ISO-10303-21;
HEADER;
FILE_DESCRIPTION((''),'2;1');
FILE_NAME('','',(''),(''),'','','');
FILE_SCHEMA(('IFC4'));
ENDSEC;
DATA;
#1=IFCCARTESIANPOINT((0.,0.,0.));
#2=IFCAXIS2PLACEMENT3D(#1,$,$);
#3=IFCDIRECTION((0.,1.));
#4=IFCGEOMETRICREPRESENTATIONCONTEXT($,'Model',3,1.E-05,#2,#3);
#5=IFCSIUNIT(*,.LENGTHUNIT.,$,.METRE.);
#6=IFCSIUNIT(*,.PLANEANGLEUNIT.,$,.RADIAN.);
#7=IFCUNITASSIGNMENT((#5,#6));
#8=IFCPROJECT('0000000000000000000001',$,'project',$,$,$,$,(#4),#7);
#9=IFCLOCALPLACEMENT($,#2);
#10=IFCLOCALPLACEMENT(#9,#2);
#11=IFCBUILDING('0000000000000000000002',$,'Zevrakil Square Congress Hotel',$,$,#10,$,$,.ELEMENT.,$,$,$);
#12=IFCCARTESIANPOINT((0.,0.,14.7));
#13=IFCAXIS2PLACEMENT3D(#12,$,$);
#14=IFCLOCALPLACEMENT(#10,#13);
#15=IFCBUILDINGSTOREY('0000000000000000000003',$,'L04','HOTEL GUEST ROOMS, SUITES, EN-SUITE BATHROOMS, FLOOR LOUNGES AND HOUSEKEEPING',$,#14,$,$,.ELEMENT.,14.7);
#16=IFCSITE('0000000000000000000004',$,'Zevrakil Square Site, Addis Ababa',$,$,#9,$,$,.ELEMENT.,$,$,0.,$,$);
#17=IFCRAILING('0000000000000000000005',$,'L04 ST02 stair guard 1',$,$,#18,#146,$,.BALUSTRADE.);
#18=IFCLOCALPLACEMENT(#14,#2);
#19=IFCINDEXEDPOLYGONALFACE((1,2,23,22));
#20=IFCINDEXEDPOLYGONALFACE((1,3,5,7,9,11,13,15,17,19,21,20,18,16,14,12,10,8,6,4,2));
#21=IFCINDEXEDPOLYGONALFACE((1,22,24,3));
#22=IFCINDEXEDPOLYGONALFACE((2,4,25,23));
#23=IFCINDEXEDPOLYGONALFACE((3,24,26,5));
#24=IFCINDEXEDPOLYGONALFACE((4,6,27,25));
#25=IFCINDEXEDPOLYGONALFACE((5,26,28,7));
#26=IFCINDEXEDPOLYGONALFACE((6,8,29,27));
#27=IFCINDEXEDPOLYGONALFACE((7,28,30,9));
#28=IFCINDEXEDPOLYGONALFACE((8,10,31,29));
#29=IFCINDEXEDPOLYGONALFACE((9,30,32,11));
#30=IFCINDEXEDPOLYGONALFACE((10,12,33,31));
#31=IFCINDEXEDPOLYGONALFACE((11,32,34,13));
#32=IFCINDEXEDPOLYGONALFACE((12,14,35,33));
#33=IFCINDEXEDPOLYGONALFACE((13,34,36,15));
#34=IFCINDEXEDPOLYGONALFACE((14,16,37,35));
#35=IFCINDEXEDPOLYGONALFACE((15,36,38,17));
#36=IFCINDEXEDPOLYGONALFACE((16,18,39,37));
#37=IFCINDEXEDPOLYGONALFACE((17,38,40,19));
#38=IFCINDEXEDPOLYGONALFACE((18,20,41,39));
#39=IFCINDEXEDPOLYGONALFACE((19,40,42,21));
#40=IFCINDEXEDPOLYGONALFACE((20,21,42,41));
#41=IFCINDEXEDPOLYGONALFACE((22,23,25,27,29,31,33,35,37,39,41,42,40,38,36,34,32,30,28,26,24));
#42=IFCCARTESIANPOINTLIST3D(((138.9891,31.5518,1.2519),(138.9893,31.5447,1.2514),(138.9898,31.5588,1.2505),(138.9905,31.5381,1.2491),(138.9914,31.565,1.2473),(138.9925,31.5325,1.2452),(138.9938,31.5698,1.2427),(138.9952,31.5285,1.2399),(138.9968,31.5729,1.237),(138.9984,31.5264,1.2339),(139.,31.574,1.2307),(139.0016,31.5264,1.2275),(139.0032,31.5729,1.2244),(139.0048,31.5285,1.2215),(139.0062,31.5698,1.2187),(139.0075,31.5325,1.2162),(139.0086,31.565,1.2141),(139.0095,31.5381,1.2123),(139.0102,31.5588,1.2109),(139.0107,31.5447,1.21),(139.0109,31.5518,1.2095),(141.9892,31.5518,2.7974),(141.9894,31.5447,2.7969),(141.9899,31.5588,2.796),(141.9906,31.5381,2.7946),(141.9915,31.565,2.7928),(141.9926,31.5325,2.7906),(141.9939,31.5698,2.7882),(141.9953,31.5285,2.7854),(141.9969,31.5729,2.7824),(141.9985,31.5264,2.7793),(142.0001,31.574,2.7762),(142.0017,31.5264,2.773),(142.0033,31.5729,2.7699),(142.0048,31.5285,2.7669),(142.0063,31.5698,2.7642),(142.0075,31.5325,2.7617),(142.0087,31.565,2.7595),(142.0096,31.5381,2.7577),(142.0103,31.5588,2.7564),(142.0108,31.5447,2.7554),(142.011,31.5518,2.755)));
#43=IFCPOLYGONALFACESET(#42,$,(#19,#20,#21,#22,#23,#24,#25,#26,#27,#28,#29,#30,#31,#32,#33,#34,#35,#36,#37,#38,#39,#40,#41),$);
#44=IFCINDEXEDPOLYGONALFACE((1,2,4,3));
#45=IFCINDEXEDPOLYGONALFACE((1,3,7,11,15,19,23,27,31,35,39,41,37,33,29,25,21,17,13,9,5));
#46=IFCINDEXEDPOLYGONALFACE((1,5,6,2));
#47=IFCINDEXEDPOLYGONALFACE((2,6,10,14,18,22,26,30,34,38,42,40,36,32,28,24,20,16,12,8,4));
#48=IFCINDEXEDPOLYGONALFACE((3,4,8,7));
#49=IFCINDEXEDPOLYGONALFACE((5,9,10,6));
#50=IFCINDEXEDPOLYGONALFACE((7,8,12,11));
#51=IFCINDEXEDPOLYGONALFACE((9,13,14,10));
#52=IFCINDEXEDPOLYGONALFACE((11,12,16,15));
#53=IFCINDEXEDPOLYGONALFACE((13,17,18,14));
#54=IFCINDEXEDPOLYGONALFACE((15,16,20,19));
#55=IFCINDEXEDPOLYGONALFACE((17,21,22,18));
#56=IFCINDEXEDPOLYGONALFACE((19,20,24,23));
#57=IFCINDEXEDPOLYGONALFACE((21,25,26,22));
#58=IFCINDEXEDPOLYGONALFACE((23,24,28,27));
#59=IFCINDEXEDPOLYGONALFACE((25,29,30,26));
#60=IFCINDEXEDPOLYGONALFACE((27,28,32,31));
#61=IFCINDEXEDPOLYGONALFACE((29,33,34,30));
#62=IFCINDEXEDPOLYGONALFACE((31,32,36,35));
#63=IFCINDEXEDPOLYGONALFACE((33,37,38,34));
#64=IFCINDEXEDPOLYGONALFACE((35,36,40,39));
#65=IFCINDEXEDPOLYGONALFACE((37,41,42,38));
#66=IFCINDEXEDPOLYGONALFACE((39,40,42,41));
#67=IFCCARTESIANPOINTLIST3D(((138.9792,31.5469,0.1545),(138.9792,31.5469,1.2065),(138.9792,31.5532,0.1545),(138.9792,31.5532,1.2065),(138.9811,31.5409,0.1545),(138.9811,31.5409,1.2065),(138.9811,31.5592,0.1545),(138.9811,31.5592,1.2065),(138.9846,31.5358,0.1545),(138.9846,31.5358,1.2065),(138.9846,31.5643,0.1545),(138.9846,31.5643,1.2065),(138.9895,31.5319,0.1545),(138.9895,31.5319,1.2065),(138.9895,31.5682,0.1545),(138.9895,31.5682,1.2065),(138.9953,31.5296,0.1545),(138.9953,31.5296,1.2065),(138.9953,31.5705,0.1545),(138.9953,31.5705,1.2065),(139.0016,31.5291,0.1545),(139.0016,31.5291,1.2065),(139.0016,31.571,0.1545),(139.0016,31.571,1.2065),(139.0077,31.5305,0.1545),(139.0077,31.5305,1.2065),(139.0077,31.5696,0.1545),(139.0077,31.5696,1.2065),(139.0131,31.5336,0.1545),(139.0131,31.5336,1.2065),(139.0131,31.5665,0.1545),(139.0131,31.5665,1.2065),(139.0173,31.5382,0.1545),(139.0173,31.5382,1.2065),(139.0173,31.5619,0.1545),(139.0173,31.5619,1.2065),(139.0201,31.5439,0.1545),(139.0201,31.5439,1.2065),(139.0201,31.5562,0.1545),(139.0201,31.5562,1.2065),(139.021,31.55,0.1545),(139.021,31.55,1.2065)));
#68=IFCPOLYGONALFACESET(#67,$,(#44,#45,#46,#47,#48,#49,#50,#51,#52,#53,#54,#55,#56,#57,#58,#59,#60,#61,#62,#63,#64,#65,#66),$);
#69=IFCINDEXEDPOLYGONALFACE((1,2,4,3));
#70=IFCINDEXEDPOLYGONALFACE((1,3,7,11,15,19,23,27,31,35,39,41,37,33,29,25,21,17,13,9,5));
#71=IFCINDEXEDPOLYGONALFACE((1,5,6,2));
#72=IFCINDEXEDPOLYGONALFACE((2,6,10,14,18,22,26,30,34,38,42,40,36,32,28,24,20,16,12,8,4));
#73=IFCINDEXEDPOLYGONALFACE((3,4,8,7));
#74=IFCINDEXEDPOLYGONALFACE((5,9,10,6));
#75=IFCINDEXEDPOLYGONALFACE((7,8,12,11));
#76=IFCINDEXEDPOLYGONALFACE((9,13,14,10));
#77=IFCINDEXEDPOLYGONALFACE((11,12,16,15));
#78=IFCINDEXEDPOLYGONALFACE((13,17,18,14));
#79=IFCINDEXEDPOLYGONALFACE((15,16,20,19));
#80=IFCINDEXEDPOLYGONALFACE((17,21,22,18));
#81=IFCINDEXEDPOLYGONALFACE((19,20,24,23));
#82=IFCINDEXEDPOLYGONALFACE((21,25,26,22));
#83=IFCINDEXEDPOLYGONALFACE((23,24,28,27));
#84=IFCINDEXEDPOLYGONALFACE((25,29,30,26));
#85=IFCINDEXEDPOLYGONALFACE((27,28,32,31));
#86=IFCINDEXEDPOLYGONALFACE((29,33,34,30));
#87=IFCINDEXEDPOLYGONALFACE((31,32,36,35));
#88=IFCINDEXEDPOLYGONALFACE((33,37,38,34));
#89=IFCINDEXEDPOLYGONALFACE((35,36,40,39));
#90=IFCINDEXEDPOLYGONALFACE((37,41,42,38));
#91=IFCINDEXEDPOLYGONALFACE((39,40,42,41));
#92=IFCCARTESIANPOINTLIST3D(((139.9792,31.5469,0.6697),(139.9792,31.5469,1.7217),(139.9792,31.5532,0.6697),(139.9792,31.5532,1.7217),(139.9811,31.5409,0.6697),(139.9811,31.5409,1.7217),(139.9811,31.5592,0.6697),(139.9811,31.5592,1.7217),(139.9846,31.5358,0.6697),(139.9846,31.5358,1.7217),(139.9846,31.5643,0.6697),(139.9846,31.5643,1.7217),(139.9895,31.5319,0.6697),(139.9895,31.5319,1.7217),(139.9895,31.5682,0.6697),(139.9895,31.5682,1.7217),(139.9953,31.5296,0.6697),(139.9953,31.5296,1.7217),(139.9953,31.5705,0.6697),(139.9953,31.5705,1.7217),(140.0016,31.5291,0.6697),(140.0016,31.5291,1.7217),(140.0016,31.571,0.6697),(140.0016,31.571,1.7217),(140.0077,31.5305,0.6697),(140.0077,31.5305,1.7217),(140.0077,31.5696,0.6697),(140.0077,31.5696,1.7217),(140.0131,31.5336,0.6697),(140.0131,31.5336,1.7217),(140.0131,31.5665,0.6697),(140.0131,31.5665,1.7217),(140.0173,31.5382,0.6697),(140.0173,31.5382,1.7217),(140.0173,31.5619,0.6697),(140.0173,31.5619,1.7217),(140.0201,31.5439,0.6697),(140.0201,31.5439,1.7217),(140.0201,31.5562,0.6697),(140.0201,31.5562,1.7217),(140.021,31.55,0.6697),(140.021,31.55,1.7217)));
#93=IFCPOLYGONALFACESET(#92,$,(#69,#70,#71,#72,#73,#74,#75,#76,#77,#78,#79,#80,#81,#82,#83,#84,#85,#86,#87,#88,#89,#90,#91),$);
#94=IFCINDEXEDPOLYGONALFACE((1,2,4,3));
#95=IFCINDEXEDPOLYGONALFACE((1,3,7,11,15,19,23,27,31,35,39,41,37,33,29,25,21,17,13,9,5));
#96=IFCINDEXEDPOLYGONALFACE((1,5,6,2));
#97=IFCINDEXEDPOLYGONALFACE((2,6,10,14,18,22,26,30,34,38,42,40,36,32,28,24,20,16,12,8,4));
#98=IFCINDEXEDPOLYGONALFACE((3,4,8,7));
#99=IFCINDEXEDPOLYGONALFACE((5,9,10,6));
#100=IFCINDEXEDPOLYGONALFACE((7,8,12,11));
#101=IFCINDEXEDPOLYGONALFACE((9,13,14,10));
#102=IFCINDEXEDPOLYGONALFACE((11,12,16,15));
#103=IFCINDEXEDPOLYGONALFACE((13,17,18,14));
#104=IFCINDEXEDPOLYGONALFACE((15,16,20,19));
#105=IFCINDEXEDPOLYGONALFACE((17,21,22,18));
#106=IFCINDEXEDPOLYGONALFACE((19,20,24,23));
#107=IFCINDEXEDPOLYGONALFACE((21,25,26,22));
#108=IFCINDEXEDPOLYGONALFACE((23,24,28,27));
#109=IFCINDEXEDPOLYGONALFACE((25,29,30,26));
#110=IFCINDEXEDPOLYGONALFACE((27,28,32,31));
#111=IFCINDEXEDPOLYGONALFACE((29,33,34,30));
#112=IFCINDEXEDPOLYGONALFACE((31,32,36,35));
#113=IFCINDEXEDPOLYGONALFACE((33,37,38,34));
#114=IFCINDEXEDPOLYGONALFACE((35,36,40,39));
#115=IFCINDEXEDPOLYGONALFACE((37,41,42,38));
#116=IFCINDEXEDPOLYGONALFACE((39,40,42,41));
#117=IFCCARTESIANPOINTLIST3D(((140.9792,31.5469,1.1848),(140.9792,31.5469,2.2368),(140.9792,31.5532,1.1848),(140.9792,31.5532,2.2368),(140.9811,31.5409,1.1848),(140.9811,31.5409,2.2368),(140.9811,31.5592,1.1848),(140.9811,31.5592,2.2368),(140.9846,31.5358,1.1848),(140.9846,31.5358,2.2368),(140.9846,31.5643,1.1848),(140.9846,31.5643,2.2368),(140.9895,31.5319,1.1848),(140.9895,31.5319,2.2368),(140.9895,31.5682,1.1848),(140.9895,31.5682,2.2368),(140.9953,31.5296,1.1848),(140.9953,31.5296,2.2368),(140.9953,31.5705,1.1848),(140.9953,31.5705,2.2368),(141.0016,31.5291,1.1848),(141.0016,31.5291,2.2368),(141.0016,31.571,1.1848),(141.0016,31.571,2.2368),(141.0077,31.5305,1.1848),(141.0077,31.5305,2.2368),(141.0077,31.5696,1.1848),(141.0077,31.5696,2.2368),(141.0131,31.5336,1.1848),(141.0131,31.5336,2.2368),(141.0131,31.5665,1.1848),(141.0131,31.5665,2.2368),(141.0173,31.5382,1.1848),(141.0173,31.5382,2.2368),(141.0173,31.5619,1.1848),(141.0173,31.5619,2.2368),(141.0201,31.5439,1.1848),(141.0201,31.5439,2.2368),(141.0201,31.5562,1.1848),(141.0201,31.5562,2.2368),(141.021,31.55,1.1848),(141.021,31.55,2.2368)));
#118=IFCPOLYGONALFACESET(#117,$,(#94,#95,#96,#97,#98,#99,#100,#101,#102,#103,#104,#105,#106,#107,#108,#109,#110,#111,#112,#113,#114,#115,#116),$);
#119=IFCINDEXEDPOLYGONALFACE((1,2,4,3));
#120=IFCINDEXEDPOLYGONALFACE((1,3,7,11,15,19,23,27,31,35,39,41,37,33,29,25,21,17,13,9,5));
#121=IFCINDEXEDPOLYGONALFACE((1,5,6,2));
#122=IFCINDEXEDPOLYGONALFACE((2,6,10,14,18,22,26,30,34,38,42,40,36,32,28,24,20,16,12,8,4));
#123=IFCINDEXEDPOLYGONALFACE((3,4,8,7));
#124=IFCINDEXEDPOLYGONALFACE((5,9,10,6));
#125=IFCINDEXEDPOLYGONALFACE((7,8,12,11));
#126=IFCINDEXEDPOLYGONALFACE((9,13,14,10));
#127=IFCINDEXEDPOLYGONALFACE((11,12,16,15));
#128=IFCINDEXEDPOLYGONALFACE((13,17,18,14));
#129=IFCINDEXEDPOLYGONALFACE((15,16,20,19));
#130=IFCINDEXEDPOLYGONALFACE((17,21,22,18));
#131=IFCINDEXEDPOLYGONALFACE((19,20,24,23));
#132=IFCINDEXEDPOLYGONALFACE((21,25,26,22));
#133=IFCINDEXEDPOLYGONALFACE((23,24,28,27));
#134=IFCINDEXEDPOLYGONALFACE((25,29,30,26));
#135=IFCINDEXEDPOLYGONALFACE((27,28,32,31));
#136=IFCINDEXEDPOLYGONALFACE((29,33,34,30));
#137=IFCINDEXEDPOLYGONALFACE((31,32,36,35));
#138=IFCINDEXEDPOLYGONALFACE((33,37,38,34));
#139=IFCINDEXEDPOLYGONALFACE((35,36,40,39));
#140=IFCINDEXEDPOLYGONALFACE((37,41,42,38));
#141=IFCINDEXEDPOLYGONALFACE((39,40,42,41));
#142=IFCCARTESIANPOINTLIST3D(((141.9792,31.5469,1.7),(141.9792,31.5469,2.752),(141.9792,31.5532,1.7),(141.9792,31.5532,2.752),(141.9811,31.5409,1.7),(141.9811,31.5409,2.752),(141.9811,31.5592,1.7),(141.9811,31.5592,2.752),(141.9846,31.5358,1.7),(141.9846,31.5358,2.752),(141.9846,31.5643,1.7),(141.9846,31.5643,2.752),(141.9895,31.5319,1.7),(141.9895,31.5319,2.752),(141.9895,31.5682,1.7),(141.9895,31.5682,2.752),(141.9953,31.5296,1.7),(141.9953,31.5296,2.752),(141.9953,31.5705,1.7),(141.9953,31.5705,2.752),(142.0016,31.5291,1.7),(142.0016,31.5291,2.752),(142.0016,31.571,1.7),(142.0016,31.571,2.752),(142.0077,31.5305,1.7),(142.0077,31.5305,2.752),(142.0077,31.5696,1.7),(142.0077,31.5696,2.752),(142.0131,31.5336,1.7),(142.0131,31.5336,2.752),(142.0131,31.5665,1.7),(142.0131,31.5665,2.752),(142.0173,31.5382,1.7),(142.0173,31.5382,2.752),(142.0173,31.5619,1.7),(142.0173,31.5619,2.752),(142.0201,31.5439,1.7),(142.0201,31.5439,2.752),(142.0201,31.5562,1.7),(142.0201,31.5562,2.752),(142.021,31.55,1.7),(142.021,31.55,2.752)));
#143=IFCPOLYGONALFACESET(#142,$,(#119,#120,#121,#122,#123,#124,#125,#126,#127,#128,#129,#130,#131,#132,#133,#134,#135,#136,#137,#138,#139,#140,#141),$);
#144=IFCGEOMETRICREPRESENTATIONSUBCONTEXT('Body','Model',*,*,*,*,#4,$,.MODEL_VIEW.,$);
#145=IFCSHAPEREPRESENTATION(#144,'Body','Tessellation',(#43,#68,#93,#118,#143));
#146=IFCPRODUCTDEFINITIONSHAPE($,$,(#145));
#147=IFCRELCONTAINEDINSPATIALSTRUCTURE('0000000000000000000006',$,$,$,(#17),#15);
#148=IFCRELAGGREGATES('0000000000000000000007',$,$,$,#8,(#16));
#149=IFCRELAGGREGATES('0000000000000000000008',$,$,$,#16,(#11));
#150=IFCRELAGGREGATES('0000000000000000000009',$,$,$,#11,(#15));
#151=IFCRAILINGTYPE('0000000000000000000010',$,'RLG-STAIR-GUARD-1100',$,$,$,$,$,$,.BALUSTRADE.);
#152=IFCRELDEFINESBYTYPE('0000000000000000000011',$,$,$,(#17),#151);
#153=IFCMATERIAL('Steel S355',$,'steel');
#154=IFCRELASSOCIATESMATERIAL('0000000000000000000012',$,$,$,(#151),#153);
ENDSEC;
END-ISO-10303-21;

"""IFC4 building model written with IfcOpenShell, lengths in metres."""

from ifc_helpers import new_model, si_unit, direction, frame, origin, origin_2d, place, context, subcontext, project, spatial, circle, extrude, material, type_object, element, save


model = new_model("IFC4")

# Units and contexts
model_context = context("Model", 3, precision=1e-05, world=origin(), true_north=direction((0.0, 1.0)))
body_context = subcontext(model_context, "Body", "Model", "MODEL_VIEW")
ifc_project = project(units=[si_unit("LENGTHUNIT", "METRE"), si_unit("PLANEANGLEUNIT", "RADIAN")], contexts=[model_context])

# Site, building, storey
site_placement = place(None, origin())
site = spatial("IfcSite", under=ifc_project, at=site_placement, Name="Zevrakil Square Site, Addis Ababa", CompositionType="ELEMENT", RefElevation=0.0)
building_placement = place(site_placement, origin())
building = spatial("IfcBuilding", under=site, at=building_placement, Name="Zevrakil Square Congress Hotel", CompositionType="ELEMENT")
storey_placement = place(building_placement, frame((0.0, 0.0, 14.7)))
storey = spatial("IfcBuildingStorey", under=building, at=storey_placement, Name="L04", Description="HOTEL GUEST ROOMS, SUITES, EN-SUITE BATHROOMS, FLOOR LOUNGES AND HOUSEKEEPING", CompositionType="ELEMENT", Elevation=14.7)

# Railing
ifc_material_1 = material(Name="Steel S355", Category="steel")
railing_type_1 = type_object("IfcRailingType", Name="RLG-STAIR-GUARD-1100", PredefinedType="BALUSTRADE", material=ifc_material_1)
railing_1_placement = place(storey_placement, frame((139.0, 31.55, 0.1545)))
element("IfcRailing", 1, at=railing_1_placement, inside=storey, type_object=railing_type_1, Name="L04 ST02 stair guard 1", PredefinedType="BALUSTRADE", context=body_context, shape_type="SweptSolid", body=[
    extrude(circle(Radius=0.0239, at=origin_2d()), frame((0.0, 0.0, 1.0762), z_axis=(0.88898, 0.0, 0.457946), x_axis=(0.0, 1.0, 0.0)), (0.0, 0.0, 1.0), 3.3748),
    extrude(circle(Radius=0.021, at=origin_2d()), origin(), (0.0, 0.0, 1.0), 1.052),
    extrude(circle(Radius=0.021, at=origin_2d()), frame((1.0, 0.0, 0.5151)), (0.0, 0.0, 1.0), 1.052),
    extrude(circle(Radius=0.021, at=origin_2d()), frame((2.0, 0.0, 1.0303)), (0.0, 0.0, 1.0), 1.052),
    extrude(circle(Radius=0.021, at=origin_2d()), frame((3.0, 0.0, 1.5454)), (0.0, 0.0, 1.0), 1.052),
])

save(model, "model.ifc")
